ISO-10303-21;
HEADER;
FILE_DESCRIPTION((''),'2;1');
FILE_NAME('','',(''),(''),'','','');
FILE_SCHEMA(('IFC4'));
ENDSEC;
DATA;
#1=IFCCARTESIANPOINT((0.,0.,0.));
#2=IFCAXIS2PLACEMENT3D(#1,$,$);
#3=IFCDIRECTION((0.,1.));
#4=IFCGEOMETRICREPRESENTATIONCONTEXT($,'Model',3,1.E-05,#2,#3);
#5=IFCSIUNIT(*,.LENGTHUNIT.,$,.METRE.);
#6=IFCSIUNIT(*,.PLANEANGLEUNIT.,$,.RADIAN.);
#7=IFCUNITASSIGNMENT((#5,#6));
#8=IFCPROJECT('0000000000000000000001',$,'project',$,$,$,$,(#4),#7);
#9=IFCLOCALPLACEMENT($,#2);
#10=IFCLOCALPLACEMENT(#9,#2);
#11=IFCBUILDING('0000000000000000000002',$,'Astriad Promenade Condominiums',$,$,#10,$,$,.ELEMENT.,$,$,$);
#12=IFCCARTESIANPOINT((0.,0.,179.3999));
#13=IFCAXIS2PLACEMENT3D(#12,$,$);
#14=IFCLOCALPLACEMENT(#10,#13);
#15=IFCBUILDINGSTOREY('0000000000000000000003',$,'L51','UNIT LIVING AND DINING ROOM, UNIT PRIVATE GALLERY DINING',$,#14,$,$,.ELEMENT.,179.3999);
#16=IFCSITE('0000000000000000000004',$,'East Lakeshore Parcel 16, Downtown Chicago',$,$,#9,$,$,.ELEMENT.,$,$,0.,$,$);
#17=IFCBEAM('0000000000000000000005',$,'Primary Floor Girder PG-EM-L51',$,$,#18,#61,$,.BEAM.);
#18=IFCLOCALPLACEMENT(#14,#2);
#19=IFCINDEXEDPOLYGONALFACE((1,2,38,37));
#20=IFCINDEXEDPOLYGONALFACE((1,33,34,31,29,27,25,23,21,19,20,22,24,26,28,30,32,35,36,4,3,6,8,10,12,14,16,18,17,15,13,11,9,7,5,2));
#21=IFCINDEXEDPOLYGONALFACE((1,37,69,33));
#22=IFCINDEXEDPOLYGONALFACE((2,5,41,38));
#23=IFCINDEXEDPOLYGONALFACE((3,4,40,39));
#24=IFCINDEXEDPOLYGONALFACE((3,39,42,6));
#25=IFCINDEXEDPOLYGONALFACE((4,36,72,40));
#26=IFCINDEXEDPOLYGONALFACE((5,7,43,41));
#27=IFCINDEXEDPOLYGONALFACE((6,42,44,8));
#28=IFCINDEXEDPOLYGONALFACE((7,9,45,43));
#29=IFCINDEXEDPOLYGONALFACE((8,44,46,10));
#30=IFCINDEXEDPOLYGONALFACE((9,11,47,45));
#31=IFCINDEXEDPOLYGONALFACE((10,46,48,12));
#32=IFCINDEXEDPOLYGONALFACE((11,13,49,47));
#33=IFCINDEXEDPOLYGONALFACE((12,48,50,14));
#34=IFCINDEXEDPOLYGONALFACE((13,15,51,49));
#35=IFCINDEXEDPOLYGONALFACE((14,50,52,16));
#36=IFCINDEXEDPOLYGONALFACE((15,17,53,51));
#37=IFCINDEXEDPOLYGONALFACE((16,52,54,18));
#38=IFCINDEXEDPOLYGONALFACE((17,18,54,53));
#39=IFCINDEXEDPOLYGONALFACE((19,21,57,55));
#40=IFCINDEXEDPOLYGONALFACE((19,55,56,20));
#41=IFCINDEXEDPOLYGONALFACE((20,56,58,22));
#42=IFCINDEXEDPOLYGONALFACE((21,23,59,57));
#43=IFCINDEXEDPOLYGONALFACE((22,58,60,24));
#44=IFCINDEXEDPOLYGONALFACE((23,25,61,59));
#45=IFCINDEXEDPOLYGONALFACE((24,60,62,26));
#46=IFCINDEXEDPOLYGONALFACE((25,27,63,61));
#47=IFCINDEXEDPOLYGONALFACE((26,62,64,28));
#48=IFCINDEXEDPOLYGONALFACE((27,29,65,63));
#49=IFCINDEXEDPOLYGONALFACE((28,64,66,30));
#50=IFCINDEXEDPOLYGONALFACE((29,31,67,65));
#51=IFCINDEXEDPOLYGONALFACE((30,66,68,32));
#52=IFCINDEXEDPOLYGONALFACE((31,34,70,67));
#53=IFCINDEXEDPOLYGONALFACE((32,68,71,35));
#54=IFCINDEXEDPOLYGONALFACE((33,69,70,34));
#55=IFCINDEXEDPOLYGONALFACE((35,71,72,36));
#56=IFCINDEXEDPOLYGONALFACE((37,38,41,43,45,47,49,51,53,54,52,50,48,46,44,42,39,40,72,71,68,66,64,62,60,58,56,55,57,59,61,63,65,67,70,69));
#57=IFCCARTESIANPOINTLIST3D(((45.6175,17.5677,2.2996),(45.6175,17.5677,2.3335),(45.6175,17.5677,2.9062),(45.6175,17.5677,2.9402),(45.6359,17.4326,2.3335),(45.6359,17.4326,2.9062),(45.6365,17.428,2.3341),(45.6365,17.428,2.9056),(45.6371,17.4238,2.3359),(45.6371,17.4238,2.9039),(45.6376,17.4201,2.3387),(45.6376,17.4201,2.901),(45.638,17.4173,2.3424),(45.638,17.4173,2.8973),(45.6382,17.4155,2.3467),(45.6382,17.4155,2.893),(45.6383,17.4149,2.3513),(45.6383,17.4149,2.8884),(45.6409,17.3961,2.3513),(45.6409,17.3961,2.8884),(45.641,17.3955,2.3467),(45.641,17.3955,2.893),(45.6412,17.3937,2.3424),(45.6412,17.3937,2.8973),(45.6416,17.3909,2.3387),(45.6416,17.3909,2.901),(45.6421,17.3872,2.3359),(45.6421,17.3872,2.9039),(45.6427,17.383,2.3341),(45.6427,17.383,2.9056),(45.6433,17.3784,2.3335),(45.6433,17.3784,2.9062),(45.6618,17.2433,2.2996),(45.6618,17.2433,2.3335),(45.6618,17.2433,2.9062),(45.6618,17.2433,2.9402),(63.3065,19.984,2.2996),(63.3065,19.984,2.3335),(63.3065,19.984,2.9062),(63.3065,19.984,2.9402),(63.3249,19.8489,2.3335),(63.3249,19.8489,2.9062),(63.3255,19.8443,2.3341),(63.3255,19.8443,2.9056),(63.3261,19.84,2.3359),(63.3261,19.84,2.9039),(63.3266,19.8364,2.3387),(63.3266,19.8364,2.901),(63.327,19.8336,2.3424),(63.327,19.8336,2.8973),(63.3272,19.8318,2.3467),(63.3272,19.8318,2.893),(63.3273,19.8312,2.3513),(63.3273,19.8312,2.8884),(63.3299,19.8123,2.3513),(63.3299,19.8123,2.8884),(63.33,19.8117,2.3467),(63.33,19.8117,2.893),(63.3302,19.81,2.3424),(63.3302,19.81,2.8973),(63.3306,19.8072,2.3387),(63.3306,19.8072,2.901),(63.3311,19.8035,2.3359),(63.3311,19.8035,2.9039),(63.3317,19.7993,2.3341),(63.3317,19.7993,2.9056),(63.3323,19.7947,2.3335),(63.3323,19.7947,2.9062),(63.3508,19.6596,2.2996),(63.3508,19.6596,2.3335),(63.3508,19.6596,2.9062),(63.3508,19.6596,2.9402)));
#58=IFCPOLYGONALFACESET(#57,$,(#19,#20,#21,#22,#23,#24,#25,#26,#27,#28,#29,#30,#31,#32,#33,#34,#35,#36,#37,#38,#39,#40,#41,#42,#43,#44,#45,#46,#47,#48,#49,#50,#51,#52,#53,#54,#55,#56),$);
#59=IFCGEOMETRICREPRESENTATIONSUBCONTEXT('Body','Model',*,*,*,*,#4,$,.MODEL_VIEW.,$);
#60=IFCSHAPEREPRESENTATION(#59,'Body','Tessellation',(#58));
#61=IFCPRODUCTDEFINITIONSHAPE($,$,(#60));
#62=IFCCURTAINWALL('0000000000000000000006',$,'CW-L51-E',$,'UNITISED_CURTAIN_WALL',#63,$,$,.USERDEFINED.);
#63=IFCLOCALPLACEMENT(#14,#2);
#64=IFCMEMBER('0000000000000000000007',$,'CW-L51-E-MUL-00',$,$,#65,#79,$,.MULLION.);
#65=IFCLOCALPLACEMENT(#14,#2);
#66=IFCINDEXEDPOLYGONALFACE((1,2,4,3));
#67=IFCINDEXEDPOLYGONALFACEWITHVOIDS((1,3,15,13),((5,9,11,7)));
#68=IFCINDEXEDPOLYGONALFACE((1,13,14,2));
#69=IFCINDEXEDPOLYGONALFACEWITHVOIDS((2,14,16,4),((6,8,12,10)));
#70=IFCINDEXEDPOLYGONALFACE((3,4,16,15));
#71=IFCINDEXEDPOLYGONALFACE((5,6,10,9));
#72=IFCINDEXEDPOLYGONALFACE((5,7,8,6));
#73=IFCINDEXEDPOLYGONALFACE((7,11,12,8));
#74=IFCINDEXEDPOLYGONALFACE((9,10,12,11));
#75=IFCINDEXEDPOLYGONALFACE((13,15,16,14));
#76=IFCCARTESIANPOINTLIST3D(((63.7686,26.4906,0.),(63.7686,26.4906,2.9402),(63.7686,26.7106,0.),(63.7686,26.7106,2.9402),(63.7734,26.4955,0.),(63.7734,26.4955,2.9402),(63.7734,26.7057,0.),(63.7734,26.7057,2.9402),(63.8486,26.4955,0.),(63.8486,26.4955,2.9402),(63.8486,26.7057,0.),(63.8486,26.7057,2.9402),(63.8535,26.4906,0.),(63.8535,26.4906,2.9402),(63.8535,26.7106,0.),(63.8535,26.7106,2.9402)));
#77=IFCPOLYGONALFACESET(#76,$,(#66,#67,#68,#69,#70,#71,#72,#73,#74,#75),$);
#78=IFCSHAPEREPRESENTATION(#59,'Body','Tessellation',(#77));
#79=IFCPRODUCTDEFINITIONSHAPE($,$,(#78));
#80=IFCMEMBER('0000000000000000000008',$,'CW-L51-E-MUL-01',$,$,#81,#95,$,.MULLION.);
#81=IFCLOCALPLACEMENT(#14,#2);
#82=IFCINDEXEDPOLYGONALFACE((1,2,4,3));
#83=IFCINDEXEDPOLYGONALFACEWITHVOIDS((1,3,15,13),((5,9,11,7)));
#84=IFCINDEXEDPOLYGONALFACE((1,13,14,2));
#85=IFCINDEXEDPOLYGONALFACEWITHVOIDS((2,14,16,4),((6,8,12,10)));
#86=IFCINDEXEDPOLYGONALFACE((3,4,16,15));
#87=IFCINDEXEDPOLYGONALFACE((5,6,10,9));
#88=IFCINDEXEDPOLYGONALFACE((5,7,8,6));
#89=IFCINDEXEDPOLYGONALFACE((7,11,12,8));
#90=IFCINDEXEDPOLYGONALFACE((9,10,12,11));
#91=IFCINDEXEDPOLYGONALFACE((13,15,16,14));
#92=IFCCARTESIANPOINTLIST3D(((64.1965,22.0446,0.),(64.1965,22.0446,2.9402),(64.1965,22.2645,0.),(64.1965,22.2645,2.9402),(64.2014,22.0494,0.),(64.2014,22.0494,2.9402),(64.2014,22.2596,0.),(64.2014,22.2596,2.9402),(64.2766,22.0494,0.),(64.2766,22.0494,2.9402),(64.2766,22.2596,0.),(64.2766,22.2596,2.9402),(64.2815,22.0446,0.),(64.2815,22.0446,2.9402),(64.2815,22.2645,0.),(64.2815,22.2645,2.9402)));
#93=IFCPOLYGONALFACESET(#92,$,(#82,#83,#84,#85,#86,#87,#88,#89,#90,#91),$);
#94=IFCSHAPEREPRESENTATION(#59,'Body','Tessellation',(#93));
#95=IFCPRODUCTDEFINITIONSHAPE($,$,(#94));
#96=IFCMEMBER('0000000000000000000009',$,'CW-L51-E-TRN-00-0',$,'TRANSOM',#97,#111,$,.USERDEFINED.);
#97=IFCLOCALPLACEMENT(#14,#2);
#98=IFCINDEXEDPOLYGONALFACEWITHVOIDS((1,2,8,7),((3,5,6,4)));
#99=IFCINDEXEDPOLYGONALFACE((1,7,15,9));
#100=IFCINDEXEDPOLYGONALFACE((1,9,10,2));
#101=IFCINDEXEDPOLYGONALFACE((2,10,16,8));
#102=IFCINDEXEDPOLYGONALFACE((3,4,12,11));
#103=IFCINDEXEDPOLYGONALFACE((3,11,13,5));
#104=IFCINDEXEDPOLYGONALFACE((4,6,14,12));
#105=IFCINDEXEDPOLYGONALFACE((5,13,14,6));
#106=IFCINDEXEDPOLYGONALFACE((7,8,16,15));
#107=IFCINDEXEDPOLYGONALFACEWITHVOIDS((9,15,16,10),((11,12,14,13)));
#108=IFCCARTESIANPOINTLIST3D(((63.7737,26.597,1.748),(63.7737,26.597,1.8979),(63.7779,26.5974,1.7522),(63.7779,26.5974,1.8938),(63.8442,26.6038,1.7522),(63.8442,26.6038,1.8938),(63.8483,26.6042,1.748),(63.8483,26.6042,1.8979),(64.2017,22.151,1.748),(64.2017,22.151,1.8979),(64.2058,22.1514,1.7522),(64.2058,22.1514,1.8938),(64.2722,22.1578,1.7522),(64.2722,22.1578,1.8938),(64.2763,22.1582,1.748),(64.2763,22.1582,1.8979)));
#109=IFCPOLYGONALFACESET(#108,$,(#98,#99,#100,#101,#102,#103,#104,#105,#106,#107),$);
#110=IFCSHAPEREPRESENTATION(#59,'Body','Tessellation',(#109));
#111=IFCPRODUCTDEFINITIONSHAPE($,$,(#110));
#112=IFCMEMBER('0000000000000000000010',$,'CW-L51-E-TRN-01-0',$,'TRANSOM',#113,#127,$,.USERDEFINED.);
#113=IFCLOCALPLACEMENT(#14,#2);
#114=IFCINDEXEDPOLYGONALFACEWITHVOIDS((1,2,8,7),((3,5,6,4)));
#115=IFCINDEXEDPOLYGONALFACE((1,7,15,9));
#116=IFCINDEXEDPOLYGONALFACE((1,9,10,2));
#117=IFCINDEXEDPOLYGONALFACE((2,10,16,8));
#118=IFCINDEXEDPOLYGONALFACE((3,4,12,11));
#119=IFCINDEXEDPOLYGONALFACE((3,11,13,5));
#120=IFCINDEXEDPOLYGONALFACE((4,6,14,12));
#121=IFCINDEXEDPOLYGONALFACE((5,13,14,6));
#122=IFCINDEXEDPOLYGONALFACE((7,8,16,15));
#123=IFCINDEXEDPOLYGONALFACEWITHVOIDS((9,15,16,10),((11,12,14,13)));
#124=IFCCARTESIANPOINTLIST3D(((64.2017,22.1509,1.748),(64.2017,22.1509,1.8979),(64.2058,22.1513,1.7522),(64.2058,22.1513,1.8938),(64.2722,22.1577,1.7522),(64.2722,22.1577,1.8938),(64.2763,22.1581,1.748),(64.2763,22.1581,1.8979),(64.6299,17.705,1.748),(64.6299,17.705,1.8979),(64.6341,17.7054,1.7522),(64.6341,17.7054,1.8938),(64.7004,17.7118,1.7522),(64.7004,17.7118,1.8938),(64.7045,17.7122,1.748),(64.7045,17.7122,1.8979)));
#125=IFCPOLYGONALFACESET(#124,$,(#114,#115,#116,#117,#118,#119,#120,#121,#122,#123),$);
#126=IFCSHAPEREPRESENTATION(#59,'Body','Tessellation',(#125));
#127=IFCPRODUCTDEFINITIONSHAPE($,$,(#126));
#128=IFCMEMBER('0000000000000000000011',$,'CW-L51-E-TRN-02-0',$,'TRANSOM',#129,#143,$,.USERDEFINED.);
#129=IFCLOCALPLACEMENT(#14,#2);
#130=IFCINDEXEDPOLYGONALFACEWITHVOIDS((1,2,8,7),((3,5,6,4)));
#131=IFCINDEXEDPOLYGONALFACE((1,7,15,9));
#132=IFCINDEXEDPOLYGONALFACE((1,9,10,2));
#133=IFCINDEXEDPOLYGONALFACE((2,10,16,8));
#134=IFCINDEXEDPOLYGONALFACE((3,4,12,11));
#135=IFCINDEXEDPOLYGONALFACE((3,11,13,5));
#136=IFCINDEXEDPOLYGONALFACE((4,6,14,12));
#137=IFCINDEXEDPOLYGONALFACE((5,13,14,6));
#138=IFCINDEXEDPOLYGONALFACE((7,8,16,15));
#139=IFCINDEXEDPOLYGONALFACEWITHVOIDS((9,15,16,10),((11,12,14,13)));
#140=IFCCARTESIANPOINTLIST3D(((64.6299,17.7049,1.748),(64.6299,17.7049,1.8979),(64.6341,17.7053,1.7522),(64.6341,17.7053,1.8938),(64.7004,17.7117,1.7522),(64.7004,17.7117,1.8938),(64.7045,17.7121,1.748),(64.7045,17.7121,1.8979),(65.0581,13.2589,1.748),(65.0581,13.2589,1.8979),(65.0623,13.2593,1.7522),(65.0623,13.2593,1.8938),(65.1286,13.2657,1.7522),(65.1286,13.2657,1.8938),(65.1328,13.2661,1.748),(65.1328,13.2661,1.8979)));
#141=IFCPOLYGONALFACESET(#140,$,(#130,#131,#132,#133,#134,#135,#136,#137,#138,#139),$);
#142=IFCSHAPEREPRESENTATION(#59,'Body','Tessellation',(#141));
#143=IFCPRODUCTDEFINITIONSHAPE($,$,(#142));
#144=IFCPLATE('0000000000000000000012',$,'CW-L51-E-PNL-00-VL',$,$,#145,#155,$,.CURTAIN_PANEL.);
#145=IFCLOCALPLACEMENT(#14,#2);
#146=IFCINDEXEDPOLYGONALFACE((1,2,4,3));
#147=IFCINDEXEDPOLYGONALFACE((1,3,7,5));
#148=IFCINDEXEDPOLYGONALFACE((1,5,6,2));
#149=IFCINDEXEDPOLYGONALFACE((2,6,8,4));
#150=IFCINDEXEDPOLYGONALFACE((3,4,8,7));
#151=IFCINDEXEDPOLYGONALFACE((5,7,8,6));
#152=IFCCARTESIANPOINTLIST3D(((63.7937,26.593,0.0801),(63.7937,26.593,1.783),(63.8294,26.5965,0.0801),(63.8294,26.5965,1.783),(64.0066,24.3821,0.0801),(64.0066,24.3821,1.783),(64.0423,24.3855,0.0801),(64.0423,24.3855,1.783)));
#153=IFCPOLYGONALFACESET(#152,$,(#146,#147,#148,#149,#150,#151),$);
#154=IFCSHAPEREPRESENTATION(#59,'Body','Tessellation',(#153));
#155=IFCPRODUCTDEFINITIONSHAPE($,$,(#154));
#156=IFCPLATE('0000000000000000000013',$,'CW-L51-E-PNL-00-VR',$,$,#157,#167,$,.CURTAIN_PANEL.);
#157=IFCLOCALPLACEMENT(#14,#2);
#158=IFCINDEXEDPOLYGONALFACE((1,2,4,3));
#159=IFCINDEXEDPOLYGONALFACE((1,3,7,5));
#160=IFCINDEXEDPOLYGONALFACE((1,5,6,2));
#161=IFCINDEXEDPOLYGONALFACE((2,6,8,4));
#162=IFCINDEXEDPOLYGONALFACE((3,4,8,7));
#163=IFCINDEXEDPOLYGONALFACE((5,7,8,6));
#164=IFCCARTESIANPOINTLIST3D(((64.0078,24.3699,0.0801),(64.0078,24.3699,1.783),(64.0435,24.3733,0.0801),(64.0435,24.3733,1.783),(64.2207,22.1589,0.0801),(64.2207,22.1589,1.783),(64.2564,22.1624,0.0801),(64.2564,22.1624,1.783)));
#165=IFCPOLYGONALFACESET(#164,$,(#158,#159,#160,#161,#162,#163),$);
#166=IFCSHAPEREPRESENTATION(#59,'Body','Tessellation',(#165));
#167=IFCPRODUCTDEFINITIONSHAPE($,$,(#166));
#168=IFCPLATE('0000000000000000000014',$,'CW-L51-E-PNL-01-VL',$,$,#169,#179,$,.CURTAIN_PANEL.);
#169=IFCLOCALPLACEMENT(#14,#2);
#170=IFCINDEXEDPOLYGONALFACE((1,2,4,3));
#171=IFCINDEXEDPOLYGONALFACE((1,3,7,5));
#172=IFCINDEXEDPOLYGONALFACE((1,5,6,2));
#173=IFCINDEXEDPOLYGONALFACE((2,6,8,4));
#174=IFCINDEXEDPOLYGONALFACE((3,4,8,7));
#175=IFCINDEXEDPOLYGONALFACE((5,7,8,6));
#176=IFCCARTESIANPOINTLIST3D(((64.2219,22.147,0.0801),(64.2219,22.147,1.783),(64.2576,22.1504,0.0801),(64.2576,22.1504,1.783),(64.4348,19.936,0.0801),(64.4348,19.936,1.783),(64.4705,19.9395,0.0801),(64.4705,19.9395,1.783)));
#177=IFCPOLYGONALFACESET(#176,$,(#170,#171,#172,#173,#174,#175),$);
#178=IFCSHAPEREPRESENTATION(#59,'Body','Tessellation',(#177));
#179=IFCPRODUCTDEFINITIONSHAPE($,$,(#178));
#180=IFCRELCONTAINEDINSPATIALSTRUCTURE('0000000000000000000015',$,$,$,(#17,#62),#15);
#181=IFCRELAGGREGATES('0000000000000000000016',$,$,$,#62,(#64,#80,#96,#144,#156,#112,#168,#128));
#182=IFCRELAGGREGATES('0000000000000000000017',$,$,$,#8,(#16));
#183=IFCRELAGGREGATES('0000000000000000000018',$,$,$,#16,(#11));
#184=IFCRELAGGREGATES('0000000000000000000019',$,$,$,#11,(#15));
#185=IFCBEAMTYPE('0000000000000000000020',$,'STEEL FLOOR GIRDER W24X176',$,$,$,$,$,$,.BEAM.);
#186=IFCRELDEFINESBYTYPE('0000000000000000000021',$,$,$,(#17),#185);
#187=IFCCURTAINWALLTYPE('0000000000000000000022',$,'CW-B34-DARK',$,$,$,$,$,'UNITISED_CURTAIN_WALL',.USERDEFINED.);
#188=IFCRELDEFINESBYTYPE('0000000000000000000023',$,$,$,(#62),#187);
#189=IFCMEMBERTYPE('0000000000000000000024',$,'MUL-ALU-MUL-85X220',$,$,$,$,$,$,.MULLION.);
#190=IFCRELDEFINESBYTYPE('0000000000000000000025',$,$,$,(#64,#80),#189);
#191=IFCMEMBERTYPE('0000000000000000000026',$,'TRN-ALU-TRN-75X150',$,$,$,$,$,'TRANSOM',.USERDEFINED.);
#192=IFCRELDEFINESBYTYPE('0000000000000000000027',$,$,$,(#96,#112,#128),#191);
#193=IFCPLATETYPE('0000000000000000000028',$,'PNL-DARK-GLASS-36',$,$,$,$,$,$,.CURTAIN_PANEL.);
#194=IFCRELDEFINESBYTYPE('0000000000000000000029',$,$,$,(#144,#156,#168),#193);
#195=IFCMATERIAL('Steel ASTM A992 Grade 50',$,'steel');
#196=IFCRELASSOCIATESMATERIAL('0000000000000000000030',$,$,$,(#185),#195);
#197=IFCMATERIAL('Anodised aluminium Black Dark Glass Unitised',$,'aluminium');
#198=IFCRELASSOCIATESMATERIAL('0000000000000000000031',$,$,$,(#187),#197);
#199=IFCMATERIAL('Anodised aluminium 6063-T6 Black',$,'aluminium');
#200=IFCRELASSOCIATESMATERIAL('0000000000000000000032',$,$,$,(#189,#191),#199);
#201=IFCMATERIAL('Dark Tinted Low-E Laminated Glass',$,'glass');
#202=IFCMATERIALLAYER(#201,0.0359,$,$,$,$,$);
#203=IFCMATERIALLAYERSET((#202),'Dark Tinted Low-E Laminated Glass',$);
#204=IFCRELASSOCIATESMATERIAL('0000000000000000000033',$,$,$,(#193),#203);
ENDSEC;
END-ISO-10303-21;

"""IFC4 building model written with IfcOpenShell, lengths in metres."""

from ifc_helpers import new_model, si_unit, direction, frame, origin, origin_2d, place, context, subcontext, project, spatial, rectangle, hollow_rectangle, i_section, extrude, source, transform, mapped, material, layer, layer_set, material_profile, profile_set, type_object, type_shapes, element, aggregate, save


model = new_model("IFC4")

# Units and contexts
model_context = context("Model", 3, precision=1e-05, world=origin(), true_north=direction((0.0, 1.0)))
body_context = subcontext(model_context, "Body", "Model", "MODEL_VIEW")
ifc_project = project(units=[si_unit("LENGTHUNIT", "METRE"), si_unit("PLANEANGLEUNIT", "RADIAN")], contexts=[model_context])

# Site, building, storey
site_placement = place(None, origin())
site = spatial("IfcSite", under=ifc_project, at=site_placement, Name="East Lakeshore Parcel 16, Downtown Chicago", CompositionType="ELEMENT", RefElevation=0.0)
building_placement = place(site_placement, origin())
building = spatial("IfcBuilding", under=site, at=building_placement, Name="Astriad Promenade Condominiums", CompositionType="ELEMENT")
storey_placement = place(building_placement, frame((0.0, 0.0, 179.3999)))
storey = spatial("IfcBuildingStorey", under=building, at=storey_placement, Name="L51", Description="UNIT LIVING AND DINING ROOM, UNIT PRIVATE GALLERY DINING", CompositionType="ELEMENT", Elevation=179.3999)

# Beam
ifc_material_1 = material(Name="Steel ASTM A992 Grade 50", Category="steel")
ifc_material_profile_1 = material_profile(ifc_material_1, i_section(OverallWidth=0.3274, OverallDepth=0.6406, WebThickness=0.019, FlangeThickness=0.0339, FilletRadius=0.0178, at=origin_2d()), Name="W24X176")
ifc_profile_set_1 = profile_set([ifc_material_profile_1], Name="Steel ASTM A992 Grade 50")
beam_type_1 = type_object("IfcBeamType", Name="STEEL FLOOR GIRDER W24X176", PredefinedType="BEAM", material=ifc_profile_set_1)
shared_shape_1 = source(origin(), body_context, "Body", "SweptSolid", [
    extrude(i_section(OverallWidth=0.3274, OverallDepth=0.6406, WebThickness=0.019, FlangeThickness=0.0339, FilletRadius=0.0178, at=origin_2d()), origin(), (0.0, 0.0, 1.0), 17.8533),
])
type_shapes(beam_type_1, [shared_shape_1])
beam_1_placement = place(storey_placement, frame((63.3286, 19.8218, 2.6199), z_axis=(-0.990799, -0.13534, 0.0), x_axis=(0.13534, -0.990799, 0.0)))
element("IfcBeam", 1, at=beam_1_placement, inside=storey, type_object=beam_type_1, Name="Primary Floor Girder PG-EM-L51", PredefinedType="BEAM", context=body_context, shape_type="MappedRepresentation", body=[
    mapped(shared_shape_1, transform((0.0, 0.0, 0.0), scale=1.0)),
])

# Curtain wall, members, plates
ifc_material_2 = material(Name="Anodised aluminium Black Dark Glass Unitised", Category="aluminium")
curtain_wall_type = type_object("IfcCurtainWallType", Name="CW-B34-DARK", ElementType="UNITISED_CURTAIN_WALL", PredefinedType="USERDEFINED", material=ifc_material_2)
curtain_wall_placement = place(storey_placement, origin())
curtain_wall = element("IfcCurtainWall", 2, at=curtain_wall_placement, inside=storey, type_object=curtain_wall_type, Name="CW-L51-E", ObjectType="UNITISED_CURTAIN_WALL", PredefinedType="USERDEFINED")
ifc_material_3 = material(Name="Anodised aluminium 6063-T6 Black", Category="aluminium")
ifc_material_profile_2 = material_profile(ifc_material_3, hollow_rectangle(XDim=0.085, YDim=0.22, WallThickness=0.0049, at=origin_2d()), Name="ALU-MUL-85X220")
ifc_profile_set_2 = profile_set([ifc_material_profile_2], Name="Anodised aluminium 6063-T6 Black")
member_type_1 = type_object("IfcMemberType", Name="MUL-ALU-MUL-85X220", PredefinedType="MULLION", material=ifc_profile_set_2)
shared_shape_2 = source(origin(), body_context, "Body", "SweptSolid", [
    extrude(hollow_rectangle(XDim=0.085, YDim=0.22, WallThickness=0.0049, at=origin_2d()), origin(), (0.0, 0.0, 1.0), 2.9402),
])
type_shapes(member_type_1, [shared_shape_2])
member_1_placement = place(storey_placement, frame((63.811, 26.6006, 0.0), z_axis=(0.0, 0.0, 1.0), x_axis=(1.0, 0.0, 0.0)))
member_1 = element("IfcMember", 3, at=member_1_placement, type_object=member_type_1, Name="CW-L51-E-MUL-00", PredefinedType="MULLION", context=body_context, shape_type="MappedRepresentation", body=[
    mapped(shared_shape_2, transform((0.0, 0.0, 0.0), scale=1.0)),
])
member_2_placement = place(storey_placement, frame((64.239, 22.1545, 0.0), z_axis=(0.0, 0.0, 1.0), x_axis=(1.0, 0.0, 0.0)))
member_2 = element("IfcMember", 4, at=member_2_placement, type_object=member_type_1, Name="CW-L51-E-MUL-01", PredefinedType="MULLION", context=body_context, shape_type="MappedRepresentation", body=[
    mapped(shared_shape_2, transform((0.0, 0.0, 0.0), scale=1.0)),
])
ifc_material_profile_3 = material_profile(ifc_material_3, hollow_rectangle(XDim=0.075, YDim=0.1499, WallThickness=0.0042, at=origin_2d()), Name="ALU-TRN-75X150")
ifc_profile_set_3 = profile_set([ifc_material_profile_3], Name="Anodised aluminium 6063-T6 Black")
member_type_2 = type_object("IfcMemberType", Name="TRN-ALU-TRN-75X150", ElementType="TRANSOM", PredefinedType="USERDEFINED", material=ifc_profile_set_3)
shared_shape_3 = source(origin(), body_context, "Body", "SweptSolid", [
    extrude(hollow_rectangle(XDim=0.075, YDim=0.1499, WallThickness=0.0042, at=origin_2d()), origin(), (0.0, 0.0, 1.0), 4.4666),
])
type_shapes(member_type_2, [shared_shape_3])
member_3_placement = place(storey_placement, frame((63.811, 26.6006, 1.823), z_axis=(0.095818, -0.995399, 0.0), x_axis=(0.995399, 0.095818, 0.0)))
member_3 = element("IfcMember", 5, at=member_3_placement, type_object=member_type_2, Name="CW-L51-E-TRN-00-0", ObjectType="TRANSOM", PredefinedType="USERDEFINED", context=body_context, shape_type="MappedRepresentation", body=[
    mapped(shared_shape_3, transform((0.0, 0.0, 0.0), scale=1.0)),
])
member_4_placement = place(storey_placement, frame((64.239, 22.1545, 1.823), z_axis=(0.095872, -0.995394, 0.0), x_axis=(0.995394, 0.095872, 0.0)))
member_4 = element("IfcMember", 6, at=member_4_placement, type_object=member_type_2, Name="CW-L51-E-TRN-01-0", ObjectType="TRANSOM", PredefinedType="USERDEFINED", context=body_context, shape_type="MappedRepresentation", body=[
    mapped(shared_shape_3, transform((0.0, 0.0, 0.0), scale=1.0)),
])
member_5_placement = place(storey_placement, frame((64.6672, 17.7085, 1.823), z_axis=(0.095872, -0.995394, 0.0), x_axis=(0.995394, 0.095872, 0.0)))
member_5 = element("IfcMember", 7, at=member_5_placement, type_object=member_type_2, Name="CW-L51-E-TRN-02-0", ObjectType="TRANSOM", PredefinedType="USERDEFINED", context=body_context, shape_type="MappedRepresentation", body=[
    mapped(shared_shape_3, transform((0.0, 0.0, 0.0), scale=1.0)),
])
ifc_material_4 = material(Name="Dark Tinted Low-E Laminated Glass", Category="glass")
ifc_layer_1 = layer(ifc_material_4, 0.0359)
ifc_layer_set_1 = layer_set([ifc_layer_1], Name="Dark Tinted Low-E Laminated Glass")
plate_type = type_object("IfcPlateType", Name="PNL-DARK-GLASS-36", PredefinedType="CURTAIN_PANEL", material=ifc_layer_set_1)
shared_shape_4 = source(origin(), body_context, "Body", "SweptSolid", [
    extrude(rectangle(XDim=2.2212, YDim=0.0359, at=origin_2d()), origin(), (0.0, 0.0, 1.0), 1.7029),
])
plate_1_placement = place(storey_placement, frame((63.918, 25.4893, 0.0801), z_axis=(0.0, 0.0, 1.0), x_axis=(0.095846, -0.995396, 0.0)))
plate_1 = element("IfcPlate", 8, at=plate_1_placement, type_object=plate_type, Name="CW-L51-E-PNL-00-VL", PredefinedType="CURTAIN_PANEL", context=body_context, shape_type="MappedRepresentation", body=[
    mapped(shared_shape_4, transform((0.0, 0.0, 0.0), scale=1.0)),
])
plate_2_placement = place(storey_placement, frame((64.1321, 23.2661, 0.0801), z_axis=(0.0, 0.0, 1.0), x_axis=(0.095846, -0.995396, 0.0)))
plate_2 = element("IfcPlate", 9, at=plate_2_placement, type_object=plate_type, Name="CW-L51-E-PNL-00-VR", PredefinedType="CURTAIN_PANEL", context=body_context, shape_type="MappedRepresentation", body=[
    mapped(shared_shape_4, transform((0.0, 0.0, 0.0), scale=1.0)),
])
plate_3_placement = place(storey_placement, frame((64.3462, 21.0432, 0.0801), z_axis=(0.0, 0.0, 1.0), x_axis=(0.095846, -0.995396, 0.0)))
plate_3 = element("IfcPlate", 10, at=plate_3_placement, type_object=plate_type, Name="CW-L51-E-PNL-01-VL", PredefinedType="CURTAIN_PANEL", context=body_context, shape_type="MappedRepresentation", body=[
    mapped(shared_shape_4, transform((0.0, 0.0, 0.0), scale=1.0)),
])
aggregate(curtain_wall, [member_1, member_2, member_3, plate_1, plate_2, member_4, plate_3, member_5])

save(model, "model.ifc")
